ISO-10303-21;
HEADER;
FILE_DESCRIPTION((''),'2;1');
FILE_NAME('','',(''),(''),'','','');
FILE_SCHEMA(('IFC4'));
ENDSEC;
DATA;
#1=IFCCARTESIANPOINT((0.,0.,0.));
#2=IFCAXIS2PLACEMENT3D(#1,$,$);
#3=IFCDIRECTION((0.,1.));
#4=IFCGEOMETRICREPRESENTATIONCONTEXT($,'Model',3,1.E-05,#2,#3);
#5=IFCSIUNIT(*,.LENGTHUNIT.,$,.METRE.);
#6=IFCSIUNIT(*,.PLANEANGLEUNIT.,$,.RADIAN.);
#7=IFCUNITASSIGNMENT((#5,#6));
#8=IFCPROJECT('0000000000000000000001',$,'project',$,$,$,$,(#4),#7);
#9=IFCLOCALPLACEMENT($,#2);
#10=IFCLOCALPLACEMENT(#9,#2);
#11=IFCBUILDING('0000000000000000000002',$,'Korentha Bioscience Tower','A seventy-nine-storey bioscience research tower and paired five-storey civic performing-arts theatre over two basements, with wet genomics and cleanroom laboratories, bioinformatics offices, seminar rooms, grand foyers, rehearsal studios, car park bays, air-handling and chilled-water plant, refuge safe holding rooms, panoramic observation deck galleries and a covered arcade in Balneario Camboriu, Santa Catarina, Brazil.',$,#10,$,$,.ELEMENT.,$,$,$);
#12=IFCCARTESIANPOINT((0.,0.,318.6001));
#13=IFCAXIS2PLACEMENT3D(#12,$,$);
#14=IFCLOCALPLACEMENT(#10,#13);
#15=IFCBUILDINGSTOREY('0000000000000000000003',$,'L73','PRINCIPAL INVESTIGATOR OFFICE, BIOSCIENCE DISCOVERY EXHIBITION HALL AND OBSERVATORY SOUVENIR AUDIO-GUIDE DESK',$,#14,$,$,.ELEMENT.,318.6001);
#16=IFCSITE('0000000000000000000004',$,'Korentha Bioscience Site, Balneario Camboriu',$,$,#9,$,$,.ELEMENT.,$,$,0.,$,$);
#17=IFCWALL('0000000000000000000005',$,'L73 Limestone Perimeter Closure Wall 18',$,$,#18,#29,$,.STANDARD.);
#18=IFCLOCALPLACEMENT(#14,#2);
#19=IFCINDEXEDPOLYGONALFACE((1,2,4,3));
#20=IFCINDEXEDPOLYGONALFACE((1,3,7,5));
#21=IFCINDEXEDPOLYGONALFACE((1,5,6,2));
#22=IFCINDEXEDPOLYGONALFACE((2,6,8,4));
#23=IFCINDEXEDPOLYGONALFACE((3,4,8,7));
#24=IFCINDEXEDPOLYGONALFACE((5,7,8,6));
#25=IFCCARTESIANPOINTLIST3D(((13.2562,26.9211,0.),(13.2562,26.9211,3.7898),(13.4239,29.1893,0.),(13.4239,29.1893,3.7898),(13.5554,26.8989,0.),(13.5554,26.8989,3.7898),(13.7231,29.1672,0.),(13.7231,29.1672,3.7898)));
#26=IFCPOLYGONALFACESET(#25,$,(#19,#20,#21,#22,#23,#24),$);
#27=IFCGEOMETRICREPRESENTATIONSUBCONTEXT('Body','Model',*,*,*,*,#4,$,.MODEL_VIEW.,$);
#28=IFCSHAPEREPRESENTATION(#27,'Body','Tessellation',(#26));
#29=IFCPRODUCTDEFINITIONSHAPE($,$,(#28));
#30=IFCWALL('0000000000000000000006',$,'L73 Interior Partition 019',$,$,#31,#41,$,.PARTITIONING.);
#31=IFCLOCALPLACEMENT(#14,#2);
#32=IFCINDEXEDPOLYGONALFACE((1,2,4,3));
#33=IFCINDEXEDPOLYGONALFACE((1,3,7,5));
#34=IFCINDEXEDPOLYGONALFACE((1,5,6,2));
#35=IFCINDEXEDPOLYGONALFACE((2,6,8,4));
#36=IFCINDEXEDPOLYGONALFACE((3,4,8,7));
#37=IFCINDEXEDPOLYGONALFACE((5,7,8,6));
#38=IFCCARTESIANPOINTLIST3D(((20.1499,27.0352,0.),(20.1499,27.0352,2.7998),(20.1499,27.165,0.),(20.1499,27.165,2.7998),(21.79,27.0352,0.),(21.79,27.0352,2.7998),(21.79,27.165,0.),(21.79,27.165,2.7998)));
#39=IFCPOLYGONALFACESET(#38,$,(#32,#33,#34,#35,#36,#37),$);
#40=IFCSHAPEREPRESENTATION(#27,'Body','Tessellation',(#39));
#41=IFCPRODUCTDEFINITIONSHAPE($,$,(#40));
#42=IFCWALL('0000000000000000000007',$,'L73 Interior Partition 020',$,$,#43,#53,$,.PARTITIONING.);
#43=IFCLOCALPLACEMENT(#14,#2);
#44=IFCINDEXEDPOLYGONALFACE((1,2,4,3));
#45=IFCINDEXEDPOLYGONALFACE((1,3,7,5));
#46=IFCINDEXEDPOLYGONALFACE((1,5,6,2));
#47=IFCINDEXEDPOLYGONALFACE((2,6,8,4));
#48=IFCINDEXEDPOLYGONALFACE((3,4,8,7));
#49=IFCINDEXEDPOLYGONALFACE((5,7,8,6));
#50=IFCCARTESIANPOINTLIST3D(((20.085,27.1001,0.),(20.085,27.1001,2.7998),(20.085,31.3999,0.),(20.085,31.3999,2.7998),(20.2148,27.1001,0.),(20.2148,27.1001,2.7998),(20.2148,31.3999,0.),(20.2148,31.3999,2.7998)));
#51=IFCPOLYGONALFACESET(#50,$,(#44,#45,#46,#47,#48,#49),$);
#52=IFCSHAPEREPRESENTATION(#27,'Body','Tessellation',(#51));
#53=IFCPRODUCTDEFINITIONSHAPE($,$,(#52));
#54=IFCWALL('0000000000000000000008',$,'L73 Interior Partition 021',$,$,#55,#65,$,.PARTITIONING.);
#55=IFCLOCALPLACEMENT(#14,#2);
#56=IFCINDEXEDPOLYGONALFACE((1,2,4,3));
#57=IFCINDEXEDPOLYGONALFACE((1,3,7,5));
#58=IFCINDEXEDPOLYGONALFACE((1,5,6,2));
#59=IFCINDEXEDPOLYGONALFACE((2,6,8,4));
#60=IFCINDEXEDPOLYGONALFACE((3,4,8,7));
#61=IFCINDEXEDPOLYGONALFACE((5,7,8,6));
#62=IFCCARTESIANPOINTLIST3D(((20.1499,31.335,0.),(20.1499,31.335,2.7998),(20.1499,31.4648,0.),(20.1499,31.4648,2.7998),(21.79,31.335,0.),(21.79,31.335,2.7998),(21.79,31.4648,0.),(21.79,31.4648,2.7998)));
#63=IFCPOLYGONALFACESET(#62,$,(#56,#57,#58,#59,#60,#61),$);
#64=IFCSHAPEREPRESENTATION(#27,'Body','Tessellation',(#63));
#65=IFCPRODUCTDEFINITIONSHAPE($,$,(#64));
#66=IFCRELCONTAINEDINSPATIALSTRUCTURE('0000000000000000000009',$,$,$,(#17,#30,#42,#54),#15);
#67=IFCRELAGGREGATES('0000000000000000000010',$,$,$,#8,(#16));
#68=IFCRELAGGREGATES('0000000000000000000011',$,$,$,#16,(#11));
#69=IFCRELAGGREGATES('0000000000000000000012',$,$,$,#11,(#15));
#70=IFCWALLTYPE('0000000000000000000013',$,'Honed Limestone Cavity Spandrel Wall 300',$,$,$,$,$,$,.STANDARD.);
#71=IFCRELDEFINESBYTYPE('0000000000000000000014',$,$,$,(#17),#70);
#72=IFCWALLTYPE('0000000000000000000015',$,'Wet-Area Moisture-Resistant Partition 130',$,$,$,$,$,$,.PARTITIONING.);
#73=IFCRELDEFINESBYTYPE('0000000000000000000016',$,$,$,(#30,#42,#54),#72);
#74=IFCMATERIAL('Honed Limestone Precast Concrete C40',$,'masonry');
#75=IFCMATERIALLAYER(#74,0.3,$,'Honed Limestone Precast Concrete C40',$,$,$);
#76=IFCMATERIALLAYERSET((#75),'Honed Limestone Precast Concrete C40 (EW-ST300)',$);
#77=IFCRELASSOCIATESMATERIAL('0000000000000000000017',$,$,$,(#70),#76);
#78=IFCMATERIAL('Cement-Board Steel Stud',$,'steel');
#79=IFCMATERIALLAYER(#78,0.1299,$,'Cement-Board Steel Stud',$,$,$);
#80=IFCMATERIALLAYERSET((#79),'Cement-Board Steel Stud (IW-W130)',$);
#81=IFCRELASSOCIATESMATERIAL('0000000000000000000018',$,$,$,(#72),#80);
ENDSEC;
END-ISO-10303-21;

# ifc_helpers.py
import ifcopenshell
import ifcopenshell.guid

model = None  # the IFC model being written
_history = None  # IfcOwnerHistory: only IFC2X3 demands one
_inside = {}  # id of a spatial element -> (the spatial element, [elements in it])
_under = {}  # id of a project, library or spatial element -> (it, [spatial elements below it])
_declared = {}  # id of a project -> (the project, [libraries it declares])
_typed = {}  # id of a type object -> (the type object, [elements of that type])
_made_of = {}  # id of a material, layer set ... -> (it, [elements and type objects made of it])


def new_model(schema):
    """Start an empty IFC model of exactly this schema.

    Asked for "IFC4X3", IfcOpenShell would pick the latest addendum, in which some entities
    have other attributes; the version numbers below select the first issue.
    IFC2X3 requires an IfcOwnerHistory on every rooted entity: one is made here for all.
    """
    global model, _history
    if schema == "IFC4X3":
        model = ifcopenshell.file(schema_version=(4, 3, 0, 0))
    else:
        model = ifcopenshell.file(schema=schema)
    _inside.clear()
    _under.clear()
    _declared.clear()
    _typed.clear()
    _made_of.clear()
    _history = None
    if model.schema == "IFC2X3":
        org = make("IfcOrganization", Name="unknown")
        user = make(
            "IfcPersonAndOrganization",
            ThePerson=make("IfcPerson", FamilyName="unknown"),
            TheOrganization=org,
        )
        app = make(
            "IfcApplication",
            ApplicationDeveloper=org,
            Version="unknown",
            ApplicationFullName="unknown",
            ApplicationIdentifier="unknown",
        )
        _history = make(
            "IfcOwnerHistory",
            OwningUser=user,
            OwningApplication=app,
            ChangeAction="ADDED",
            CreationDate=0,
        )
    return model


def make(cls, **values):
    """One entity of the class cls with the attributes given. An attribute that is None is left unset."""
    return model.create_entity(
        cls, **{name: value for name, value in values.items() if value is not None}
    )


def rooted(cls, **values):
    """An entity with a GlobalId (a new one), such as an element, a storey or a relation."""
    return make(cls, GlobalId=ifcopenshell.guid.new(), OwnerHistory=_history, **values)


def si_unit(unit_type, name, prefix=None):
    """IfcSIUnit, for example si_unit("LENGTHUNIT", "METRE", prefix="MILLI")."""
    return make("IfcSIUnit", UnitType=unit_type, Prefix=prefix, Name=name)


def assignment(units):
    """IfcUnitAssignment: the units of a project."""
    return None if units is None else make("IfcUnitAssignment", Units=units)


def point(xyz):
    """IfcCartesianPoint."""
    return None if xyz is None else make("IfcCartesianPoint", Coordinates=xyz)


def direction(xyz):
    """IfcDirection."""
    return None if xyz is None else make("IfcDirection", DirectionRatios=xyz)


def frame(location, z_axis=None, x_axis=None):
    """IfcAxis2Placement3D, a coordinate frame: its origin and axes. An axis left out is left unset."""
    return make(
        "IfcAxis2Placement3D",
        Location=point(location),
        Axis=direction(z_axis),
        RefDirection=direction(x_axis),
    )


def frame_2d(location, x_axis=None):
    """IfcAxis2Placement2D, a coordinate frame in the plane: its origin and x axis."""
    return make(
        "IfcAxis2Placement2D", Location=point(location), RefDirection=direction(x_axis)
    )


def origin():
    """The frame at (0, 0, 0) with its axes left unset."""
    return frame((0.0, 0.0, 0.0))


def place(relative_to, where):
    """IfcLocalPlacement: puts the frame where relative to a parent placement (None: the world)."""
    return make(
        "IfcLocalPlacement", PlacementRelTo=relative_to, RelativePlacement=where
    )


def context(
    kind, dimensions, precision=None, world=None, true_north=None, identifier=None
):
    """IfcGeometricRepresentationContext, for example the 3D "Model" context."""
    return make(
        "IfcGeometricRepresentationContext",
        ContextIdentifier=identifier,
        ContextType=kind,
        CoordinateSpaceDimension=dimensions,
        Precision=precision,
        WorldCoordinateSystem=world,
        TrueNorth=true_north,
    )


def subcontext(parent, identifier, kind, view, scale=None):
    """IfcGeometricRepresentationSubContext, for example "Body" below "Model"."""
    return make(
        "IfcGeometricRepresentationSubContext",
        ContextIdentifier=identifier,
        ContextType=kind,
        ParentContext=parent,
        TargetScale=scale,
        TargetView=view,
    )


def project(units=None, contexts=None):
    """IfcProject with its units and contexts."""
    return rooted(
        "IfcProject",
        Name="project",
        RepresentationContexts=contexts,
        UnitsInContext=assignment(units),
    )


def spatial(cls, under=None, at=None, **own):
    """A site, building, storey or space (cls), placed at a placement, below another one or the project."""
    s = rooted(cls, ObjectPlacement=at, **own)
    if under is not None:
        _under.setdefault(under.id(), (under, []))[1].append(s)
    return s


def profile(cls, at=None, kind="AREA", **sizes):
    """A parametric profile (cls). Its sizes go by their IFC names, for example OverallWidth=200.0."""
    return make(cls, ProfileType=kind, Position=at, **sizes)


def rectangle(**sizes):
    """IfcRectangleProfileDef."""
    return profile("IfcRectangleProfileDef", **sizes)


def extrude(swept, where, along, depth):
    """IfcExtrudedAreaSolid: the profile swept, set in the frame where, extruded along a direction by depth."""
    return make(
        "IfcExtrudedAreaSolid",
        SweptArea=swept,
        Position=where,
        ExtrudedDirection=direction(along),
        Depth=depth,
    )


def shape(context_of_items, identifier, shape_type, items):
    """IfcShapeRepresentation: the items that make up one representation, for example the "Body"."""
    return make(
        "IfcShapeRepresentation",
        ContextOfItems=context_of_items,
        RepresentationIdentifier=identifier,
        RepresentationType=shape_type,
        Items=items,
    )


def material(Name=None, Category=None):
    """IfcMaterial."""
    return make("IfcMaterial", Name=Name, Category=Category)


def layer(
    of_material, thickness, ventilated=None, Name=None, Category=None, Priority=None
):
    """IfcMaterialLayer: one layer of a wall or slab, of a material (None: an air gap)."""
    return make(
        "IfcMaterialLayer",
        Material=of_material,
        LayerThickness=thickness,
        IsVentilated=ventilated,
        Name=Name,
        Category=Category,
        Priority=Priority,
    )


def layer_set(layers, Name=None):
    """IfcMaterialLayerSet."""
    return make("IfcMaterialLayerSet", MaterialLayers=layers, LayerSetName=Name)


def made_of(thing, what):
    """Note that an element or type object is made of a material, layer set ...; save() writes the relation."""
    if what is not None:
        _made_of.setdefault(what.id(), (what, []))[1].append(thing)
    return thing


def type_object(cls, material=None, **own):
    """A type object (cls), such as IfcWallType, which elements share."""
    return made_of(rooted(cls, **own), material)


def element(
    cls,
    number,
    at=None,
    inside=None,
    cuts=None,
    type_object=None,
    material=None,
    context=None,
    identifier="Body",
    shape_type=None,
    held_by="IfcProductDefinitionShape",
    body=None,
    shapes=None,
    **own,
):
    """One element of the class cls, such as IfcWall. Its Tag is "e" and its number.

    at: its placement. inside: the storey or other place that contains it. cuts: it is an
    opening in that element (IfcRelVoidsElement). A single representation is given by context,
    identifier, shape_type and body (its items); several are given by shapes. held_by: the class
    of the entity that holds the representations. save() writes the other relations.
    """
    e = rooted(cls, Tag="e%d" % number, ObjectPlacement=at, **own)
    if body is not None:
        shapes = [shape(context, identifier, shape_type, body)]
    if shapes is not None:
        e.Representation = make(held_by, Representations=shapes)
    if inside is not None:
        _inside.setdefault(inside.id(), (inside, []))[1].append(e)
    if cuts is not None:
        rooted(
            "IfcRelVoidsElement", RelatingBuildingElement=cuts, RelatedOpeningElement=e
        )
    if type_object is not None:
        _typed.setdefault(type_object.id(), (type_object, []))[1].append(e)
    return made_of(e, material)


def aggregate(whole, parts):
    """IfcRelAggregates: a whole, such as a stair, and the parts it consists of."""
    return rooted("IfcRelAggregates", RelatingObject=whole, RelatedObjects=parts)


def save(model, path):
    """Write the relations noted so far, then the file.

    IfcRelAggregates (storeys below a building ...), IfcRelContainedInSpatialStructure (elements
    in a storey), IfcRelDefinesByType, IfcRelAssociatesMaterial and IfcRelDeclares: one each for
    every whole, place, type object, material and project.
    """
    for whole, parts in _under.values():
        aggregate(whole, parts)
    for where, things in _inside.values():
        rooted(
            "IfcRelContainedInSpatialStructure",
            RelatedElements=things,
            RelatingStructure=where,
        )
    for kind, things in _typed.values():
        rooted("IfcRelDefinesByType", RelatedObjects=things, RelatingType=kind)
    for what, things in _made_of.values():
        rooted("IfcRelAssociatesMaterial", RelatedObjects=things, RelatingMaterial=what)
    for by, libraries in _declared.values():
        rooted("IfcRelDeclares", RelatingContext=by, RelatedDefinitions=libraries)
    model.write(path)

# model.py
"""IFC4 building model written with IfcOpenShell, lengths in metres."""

from ifc_helpers import new_model, si_unit, direction, frame, frame_2d, origin, place, context, subcontext, project, spatial, rectangle, extrude, material, layer, layer_set, type_object, element, save


model = new_model("IFC4")

# Units and contexts
model_context = context("Model", 3, precision=1e-05, world=origin(), true_north=direction((0.0, 1.0)))
body_context = subcontext(model_context, "Body", "Model", "MODEL_VIEW")
ifc_project = project(units=[si_unit("LENGTHUNIT", "METRE"), si_unit("PLANEANGLEUNIT", "RADIAN")], contexts=[model_context])

# Site, building, storey
site_placement = place(None, origin())
site = spatial("IfcSite", under=ifc_project, at=site_placement, Name="Korentha Bioscience Site, Balneario Camboriu", CompositionType="ELEMENT", RefElevation=0.0)
building_placement = place(site_placement, origin())
building = spatial("IfcBuilding", under=site, at=building_placement, Name="Korentha Bioscience Tower", Description="A seventy-nine-storey bioscience research tower and paired five-storey civic performing-arts theatre over two basements, with wet genomics and cleanroom laboratories, bioinformatics offices, seminar rooms, grand foyers, rehearsal studios, car park bays, air-handling and chilled-water plant, refuge safe holding rooms, panoramic observation deck galleries and a covered arcade in Balneario Camboriu, Santa Catarina, Brazil.", CompositionType="ELEMENT")
storey_placement = place(building_placement, frame((0.0, 0.0, 318.6001)))
storey = spatial("IfcBuildingStorey", under=building, at=storey_placement, Name="L73", Description="PRINCIPAL INVESTIGATOR OFFICE, BIOSCIENCE DISCOVERY EXHIBITION HALL AND OBSERVATORY SOUVENIR AUDIO-GUIDE DESK", CompositionType="ELEMENT", Elevation=318.6001)

# Walls
ifc_material_1 = material(Name="Honed Limestone Precast Concrete C40", Category="masonry")
ifc_layer_1 = layer(ifc_material_1, 0.3, Name="Honed Limestone Precast Concrete C40")
ifc_layer_set_1 = layer_set([ifc_layer_1], Name="Honed Limestone Precast Concrete C40 (EW-ST300)")
wall_type_1 = type_object("IfcWallType", Name="Honed Limestone Cavity Spandrel Wall 300", PredefinedType="STANDARD", material=ifc_layer_set_1)
wall_1_placement = place(storey_placement, frame((13.5735, 29.1782, 0.0), z_axis=(0.0, 0.0, 1.0), x_axis=(-0.073741, -0.997277, 0.0)))
element("IfcWall", 1, at=wall_1_placement, inside=storey, type_object=wall_type_1, Name="L73 Limestone Perimeter Closure Wall 18", PredefinedType="STANDARD", context=body_context, shape_type="SweptSolid", body=[
    extrude(rectangle(XDim=2.2744, YDim=0.3, at=frame_2d((1.1372, 0.0))), origin(), (0.0, 0.0, 1.0), 3.7898),
])
ifc_material_2 = material(Name="Cement-Board Steel Stud", Category="steel")
ifc_layer_2 = layer(ifc_material_2, 0.1299, Name="Cement-Board Steel Stud")
ifc_layer_set_2 = layer_set([ifc_layer_2], Name="Cement-Board Steel Stud (IW-W130)")
wall_type_2 = type_object("IfcWallType", Name="Wet-Area Moisture-Resistant Partition 130", PredefinedType="PARTITIONING", material=ifc_layer_set_2)
wall_2_placement = place(storey_placement, frame((21.79, 27.1001, 0.0), z_axis=(0.0, 0.0, 1.0), x_axis=(-1.0, 0.0, 0.0)))
element("IfcWall", 2, at=wall_2_placement, inside=storey, type_object=wall_type_2, Name="L73 Interior Partition 019", PredefinedType="PARTITIONING", context=body_context, shape_type="SweptSolid", body=[
    extrude(rectangle(XDim=1.6401, YDim=0.1299, at=frame_2d((0.8201, 0.0))), origin(), (0.0, 0.0, 1.0), 2.7998),
])
wall_3_placement = place(storey_placement, frame((20.1499, 27.1001, 0.0), z_axis=(0.0, 0.0, 1.0), x_axis=(0.0, 1.0, 0.0)))
element("IfcWall", 3, at=wall_3_placement, inside=storey, type_object=wall_type_2, Name="L73 Interior Partition 020", PredefinedType="PARTITIONING", context=body_context, shape_type="SweptSolid", body=[
    extrude(rectangle(XDim=4.2998, YDim=0.1299, at=frame_2d((2.1499, 0.0))), origin(), (0.0, 0.0, 1.0), 2.7998),
])
wall_4_placement = place(storey_placement, frame((20.1499, 31.3999, 0.0), z_axis=(0.0, 0.0, 1.0), x_axis=(1.0, 0.0, 0.0)))
element("IfcWall", 4, at=wall_4_placement, inside=storey, type_object=wall_type_2, Name="L73 Interior Partition 021", PredefinedType="PARTITIONING", context=body_context, shape_type="SweptSolid", body=[
    extrude(rectangle(XDim=1.6401, YDim=0.1299, at=frame_2d((0.8201, 0.0))), origin(), (0.0, 0.0, 1.0), 2.7998),
])

save(model, "model.ifc")
